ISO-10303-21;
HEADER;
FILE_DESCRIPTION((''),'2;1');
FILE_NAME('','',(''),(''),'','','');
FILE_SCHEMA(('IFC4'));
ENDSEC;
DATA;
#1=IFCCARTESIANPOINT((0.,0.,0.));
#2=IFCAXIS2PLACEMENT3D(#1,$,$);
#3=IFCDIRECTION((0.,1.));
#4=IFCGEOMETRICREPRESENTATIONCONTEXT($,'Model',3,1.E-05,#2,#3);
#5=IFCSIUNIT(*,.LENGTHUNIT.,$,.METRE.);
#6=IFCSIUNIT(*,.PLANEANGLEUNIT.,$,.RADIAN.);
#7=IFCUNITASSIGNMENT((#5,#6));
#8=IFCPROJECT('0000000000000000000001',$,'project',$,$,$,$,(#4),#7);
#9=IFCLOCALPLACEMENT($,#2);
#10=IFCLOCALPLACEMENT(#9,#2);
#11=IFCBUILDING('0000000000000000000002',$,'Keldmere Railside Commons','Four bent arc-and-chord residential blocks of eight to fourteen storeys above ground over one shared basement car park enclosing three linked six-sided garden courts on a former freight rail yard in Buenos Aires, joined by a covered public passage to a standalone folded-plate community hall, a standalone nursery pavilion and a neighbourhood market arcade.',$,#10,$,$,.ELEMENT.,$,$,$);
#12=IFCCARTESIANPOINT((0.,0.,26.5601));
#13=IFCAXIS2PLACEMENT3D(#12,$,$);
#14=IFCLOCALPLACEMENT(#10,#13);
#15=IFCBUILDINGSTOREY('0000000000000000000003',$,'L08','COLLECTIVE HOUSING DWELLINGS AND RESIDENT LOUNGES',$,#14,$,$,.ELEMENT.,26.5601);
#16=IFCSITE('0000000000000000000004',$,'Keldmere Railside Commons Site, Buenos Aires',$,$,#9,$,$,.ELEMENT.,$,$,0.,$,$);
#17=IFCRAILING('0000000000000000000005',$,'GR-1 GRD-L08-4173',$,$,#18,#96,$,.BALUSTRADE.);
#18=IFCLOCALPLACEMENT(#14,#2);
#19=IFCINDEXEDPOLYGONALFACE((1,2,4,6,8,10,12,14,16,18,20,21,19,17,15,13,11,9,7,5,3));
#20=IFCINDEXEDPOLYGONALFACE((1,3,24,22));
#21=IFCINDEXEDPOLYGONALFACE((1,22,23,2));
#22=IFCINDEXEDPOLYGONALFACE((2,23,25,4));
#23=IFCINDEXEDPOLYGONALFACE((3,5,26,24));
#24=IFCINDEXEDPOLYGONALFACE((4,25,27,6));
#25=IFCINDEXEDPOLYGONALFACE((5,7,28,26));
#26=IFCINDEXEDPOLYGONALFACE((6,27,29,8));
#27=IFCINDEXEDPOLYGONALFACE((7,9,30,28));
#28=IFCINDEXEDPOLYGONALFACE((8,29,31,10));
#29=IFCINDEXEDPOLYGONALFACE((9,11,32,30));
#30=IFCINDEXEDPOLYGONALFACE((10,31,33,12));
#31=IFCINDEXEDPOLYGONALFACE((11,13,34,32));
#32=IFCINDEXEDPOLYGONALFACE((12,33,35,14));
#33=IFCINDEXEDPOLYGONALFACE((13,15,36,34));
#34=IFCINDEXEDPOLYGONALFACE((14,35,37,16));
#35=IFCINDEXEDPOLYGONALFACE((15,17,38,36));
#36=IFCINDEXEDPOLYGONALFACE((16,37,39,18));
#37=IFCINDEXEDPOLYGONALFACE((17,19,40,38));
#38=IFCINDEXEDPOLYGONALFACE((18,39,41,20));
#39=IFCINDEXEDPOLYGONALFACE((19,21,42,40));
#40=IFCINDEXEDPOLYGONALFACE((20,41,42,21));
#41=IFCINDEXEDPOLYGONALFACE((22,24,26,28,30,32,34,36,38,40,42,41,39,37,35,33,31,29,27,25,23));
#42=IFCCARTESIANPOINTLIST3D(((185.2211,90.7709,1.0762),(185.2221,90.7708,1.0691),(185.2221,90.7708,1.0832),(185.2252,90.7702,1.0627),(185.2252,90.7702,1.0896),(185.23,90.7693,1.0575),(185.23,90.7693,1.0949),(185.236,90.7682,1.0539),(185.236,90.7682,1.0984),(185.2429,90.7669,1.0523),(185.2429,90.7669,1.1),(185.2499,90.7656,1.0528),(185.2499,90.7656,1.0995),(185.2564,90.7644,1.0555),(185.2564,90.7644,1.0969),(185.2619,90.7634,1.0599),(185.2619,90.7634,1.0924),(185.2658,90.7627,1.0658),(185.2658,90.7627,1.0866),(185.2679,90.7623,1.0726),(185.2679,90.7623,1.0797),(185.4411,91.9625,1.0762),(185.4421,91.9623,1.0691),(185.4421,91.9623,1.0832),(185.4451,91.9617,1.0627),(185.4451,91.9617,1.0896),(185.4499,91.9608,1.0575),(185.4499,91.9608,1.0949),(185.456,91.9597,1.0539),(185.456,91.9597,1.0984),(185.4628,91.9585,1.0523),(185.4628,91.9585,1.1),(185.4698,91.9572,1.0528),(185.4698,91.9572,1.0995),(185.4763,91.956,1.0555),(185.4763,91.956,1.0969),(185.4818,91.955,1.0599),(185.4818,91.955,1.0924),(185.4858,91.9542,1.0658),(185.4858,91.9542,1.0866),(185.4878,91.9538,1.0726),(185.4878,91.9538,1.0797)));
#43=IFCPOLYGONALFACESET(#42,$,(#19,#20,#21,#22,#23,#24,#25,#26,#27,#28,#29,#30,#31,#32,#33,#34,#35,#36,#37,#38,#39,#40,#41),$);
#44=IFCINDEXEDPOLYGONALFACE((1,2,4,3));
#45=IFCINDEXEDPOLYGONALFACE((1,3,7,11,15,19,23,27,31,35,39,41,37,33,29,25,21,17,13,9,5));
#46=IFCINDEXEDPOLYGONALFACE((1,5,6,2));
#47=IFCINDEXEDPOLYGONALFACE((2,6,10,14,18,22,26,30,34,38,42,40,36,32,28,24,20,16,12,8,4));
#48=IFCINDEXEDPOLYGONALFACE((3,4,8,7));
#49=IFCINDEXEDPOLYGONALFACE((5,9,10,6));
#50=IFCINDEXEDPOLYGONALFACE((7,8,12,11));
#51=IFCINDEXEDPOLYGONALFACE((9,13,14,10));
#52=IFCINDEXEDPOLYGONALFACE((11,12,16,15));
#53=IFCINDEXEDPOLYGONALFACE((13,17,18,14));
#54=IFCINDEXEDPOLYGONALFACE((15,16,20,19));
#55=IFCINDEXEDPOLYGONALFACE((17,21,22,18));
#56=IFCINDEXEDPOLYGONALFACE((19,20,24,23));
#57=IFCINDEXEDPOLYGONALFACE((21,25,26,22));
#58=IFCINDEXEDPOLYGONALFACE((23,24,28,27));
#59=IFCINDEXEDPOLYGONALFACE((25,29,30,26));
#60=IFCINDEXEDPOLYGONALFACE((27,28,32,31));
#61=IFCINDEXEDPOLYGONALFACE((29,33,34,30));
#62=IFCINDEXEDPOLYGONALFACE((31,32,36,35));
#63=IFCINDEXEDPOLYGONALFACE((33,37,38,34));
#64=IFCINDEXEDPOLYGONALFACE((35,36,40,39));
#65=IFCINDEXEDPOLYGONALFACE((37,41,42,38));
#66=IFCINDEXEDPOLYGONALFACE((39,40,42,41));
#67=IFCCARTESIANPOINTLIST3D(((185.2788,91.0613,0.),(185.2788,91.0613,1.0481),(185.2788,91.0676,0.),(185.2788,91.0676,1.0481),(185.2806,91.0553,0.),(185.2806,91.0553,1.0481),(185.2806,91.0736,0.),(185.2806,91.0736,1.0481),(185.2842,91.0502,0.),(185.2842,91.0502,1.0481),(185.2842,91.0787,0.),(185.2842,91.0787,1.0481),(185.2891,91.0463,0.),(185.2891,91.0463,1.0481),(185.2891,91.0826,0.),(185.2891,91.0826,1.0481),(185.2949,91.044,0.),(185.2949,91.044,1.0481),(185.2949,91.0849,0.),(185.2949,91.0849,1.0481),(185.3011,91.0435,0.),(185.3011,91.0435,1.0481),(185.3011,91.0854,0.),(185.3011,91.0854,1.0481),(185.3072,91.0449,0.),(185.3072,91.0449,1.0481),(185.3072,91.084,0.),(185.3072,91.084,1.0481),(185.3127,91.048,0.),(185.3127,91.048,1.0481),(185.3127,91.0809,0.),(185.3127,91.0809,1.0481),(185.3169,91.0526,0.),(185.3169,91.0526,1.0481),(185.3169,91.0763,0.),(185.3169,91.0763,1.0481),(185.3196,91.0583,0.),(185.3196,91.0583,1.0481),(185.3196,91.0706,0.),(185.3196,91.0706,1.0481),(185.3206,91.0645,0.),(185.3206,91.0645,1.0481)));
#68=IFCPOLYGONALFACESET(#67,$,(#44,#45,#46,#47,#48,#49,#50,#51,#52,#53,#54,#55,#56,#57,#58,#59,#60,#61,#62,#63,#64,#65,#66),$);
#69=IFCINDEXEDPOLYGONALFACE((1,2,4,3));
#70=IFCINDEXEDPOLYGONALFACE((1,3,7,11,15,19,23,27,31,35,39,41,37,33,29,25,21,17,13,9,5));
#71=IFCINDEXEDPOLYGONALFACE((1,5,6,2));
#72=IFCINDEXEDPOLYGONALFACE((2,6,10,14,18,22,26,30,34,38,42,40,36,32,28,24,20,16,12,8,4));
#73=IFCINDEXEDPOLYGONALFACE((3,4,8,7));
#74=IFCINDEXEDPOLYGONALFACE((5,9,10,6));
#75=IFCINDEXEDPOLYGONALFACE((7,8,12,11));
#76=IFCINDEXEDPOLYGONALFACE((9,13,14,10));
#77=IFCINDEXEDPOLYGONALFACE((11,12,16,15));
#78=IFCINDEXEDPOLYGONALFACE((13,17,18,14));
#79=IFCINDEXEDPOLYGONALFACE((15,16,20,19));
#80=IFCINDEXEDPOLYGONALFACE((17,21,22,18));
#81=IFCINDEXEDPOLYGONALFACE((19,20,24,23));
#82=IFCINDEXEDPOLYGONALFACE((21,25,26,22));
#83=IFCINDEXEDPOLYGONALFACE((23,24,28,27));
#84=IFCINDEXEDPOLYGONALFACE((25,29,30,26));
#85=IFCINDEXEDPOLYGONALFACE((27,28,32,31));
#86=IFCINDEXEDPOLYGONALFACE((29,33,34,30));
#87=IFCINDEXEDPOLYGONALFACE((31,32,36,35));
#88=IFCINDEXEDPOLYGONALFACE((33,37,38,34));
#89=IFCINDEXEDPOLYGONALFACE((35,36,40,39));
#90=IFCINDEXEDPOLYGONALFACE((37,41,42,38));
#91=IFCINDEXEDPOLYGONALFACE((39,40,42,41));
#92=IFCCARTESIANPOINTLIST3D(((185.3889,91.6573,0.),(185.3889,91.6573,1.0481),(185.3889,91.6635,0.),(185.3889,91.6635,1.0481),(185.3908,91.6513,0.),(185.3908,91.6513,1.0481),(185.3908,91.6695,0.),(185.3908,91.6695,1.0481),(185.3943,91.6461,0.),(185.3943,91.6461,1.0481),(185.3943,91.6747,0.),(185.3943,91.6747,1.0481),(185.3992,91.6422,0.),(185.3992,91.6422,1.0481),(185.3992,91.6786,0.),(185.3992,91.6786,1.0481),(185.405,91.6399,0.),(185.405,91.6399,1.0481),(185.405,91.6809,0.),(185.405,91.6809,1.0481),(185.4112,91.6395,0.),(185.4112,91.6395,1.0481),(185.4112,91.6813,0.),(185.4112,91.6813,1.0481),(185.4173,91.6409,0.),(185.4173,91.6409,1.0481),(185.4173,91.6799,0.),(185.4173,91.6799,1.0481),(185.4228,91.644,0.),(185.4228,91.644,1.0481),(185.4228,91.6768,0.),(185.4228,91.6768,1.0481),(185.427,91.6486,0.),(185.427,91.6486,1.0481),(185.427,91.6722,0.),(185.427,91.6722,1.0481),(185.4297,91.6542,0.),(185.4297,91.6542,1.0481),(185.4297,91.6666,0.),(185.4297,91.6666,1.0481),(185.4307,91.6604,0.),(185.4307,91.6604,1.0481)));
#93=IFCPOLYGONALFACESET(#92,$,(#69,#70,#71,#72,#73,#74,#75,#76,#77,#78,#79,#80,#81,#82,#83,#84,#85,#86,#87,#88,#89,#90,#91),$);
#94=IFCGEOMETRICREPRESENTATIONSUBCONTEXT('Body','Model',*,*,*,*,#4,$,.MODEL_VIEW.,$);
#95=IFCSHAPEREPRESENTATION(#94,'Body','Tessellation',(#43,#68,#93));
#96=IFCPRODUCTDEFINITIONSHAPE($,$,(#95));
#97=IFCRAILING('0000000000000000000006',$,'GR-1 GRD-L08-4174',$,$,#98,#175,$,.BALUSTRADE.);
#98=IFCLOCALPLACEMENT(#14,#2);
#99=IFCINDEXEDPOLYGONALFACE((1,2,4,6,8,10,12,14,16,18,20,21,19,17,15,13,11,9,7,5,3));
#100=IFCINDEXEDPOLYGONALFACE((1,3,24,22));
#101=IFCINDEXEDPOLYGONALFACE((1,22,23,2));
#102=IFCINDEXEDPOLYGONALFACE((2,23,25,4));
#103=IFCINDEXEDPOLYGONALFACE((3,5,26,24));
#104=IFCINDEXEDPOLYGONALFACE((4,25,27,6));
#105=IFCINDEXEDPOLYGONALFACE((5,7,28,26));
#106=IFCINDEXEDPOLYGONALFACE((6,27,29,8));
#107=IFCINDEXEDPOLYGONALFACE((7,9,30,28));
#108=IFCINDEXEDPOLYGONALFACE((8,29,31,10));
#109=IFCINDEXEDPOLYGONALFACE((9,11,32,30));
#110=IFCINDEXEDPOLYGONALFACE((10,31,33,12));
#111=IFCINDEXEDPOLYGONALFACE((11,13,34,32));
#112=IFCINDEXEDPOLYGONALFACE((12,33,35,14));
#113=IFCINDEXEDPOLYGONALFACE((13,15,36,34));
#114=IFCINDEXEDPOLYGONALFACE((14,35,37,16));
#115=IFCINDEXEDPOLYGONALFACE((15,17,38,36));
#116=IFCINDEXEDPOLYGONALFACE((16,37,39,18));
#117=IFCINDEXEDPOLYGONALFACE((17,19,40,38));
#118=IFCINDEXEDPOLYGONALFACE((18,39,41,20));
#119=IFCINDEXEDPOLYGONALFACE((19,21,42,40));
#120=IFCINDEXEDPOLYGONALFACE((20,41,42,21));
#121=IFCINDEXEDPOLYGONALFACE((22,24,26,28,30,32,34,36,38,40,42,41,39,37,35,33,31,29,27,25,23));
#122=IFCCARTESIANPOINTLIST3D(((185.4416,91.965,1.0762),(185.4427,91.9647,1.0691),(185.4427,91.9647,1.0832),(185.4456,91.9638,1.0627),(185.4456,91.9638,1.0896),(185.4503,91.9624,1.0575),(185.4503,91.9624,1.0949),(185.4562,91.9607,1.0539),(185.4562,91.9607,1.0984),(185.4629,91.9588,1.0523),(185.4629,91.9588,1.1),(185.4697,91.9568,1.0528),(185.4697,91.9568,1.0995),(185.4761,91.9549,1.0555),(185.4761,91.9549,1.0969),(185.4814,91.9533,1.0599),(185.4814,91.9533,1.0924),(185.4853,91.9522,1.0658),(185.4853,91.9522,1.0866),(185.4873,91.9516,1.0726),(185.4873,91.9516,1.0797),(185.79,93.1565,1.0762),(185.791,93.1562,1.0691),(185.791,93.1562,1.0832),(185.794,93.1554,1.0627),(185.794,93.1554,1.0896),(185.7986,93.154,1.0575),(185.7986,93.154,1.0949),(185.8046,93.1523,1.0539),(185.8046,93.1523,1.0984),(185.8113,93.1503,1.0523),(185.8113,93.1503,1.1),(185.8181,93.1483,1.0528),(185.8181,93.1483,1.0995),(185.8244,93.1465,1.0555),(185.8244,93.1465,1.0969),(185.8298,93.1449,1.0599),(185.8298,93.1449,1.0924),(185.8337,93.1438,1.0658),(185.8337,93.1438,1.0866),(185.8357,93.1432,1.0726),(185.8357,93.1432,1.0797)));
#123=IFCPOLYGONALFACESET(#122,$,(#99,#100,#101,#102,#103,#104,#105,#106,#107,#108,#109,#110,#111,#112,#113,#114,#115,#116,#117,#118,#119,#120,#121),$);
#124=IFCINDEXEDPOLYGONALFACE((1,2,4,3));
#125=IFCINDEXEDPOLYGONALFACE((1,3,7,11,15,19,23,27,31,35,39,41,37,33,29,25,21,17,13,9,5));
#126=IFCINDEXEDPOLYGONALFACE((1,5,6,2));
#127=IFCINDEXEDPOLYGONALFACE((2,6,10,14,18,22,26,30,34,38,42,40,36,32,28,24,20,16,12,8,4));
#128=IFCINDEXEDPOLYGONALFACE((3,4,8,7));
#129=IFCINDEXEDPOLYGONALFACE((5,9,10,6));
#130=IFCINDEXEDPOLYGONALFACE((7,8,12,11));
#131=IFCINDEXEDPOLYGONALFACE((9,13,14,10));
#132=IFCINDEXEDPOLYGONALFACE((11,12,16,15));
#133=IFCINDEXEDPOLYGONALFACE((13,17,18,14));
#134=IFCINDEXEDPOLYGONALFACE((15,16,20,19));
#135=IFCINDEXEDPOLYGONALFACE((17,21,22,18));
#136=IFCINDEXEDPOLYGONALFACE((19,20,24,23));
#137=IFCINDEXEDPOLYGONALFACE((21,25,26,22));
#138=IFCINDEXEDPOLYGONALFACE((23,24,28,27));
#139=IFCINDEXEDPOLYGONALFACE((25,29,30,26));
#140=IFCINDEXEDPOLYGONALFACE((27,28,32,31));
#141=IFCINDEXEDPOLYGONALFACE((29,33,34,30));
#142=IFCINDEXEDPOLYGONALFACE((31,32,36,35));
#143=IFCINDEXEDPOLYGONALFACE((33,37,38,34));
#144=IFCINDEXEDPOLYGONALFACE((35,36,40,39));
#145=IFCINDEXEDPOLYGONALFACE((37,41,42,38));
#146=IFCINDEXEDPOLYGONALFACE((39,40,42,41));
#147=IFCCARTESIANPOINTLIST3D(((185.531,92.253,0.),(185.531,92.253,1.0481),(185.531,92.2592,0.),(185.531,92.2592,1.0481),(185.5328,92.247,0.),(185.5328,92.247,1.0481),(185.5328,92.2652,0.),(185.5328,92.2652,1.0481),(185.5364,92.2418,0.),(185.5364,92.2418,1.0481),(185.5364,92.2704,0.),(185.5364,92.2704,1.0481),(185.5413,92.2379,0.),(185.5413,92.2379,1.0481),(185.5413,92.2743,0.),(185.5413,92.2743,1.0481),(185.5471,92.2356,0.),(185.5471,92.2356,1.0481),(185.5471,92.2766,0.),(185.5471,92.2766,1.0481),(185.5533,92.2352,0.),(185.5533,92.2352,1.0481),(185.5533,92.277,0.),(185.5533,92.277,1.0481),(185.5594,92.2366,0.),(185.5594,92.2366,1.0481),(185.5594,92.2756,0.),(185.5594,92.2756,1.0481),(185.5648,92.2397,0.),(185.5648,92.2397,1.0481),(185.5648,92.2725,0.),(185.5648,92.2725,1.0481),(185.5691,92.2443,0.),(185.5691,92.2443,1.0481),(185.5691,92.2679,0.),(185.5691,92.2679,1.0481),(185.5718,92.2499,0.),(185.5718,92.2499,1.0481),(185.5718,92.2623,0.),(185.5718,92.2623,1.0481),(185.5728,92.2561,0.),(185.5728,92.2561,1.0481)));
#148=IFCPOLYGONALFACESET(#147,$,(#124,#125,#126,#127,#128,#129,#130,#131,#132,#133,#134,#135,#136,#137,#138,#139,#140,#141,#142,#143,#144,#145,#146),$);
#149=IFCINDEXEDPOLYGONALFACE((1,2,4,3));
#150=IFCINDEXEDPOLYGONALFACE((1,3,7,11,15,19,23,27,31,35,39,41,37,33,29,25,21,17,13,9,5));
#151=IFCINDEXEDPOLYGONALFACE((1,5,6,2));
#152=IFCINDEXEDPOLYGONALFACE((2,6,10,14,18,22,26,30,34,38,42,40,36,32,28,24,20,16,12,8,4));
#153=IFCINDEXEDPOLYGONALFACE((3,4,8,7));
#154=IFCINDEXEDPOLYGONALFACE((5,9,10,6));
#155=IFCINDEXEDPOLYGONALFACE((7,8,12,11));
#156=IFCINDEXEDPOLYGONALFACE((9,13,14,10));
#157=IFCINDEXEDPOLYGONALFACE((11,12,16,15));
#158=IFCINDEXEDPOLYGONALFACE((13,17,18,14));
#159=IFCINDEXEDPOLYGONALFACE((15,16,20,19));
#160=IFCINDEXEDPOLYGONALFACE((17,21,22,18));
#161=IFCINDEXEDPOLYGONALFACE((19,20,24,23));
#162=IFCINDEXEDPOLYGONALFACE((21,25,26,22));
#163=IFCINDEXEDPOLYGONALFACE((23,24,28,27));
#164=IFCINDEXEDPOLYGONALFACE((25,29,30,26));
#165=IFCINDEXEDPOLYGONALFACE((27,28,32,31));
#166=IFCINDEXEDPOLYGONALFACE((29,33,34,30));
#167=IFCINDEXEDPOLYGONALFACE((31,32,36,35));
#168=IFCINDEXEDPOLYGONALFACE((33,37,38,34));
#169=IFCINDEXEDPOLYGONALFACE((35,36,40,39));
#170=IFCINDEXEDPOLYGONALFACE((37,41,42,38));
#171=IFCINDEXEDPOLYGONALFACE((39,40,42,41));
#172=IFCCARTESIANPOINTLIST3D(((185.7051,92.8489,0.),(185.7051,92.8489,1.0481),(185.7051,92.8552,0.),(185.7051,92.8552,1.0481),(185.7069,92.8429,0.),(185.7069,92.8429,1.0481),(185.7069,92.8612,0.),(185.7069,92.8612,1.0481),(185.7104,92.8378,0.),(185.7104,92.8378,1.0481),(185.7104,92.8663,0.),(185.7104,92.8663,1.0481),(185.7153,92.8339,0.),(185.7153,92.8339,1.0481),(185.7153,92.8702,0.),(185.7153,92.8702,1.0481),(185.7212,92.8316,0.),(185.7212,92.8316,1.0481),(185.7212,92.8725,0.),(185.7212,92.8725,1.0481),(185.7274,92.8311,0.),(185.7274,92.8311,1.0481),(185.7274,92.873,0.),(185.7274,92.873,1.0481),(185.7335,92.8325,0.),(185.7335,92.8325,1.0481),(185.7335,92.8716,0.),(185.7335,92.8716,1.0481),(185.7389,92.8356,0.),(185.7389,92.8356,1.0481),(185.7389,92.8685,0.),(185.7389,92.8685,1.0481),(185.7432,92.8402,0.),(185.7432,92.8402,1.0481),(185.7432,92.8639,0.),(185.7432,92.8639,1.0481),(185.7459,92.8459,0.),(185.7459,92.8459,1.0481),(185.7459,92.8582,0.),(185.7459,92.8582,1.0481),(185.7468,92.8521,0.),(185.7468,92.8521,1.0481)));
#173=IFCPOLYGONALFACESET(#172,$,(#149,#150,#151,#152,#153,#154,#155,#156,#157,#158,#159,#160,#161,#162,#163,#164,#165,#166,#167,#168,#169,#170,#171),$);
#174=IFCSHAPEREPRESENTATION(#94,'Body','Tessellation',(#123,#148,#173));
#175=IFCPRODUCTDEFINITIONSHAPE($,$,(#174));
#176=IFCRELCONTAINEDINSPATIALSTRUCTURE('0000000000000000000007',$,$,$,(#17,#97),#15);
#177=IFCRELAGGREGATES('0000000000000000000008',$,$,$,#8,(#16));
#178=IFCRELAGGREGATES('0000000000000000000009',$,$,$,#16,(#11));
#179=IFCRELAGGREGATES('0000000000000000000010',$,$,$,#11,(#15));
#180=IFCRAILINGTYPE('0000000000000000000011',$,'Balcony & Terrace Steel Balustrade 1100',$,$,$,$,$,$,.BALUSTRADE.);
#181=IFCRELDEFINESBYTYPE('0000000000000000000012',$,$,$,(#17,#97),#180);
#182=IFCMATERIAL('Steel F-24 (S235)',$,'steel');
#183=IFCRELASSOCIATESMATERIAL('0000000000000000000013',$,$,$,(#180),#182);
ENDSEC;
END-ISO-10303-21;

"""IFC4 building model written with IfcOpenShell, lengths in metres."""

from ifc_helpers import new_model, si_unit, direction, frame, origin, origin_2d, place, context, subcontext, project, spatial, circle, extrude, material, type_object, element, save


model = new_model("IFC4")

# Units and contexts
model_context = context("Model", 3, precision=1e-05, world=origin(), true_north=direction((0.0, 1.0)))
body_context = subcontext(model_context, "Body", "Model", "MODEL_VIEW")
ifc_project = project(units=[si_unit("LENGTHUNIT", "METRE"), si_unit("PLANEANGLEUNIT", "RADIAN")], contexts=[model_context])

# Site, building, storey
site_placement = place(None, origin())
site = spatial("IfcSite", under=ifc_project, at=site_placement, Name="Keldmere Railside Commons Site, Buenos Aires", CompositionType="ELEMENT", RefElevation=0.0)
building_placement = place(site_placement, origin())
building = spatial("IfcBuilding", under=site, at=building_placement, Name="Keldmere Railside Commons", Description="Four bent arc-and-chord residential blocks of eight to fourteen storeys above ground over one shared basement car park enclosing three linked six-sided garden courts on a former freight rail yard in Buenos Aires, joined by a covered public passage to a standalone folded-plate community hall, a standalone nursery pavilion and a neighbourhood market arcade.", CompositionType="ELEMENT")
storey_placement = place(building_placement, frame((0.0, 0.0, 26.5601)))
storey = spatial("IfcBuildingStorey", under=building, at=storey_placement, Name="L08", Description="COLLECTIVE HOUSING DWELLINGS AND RESIDENT LOUNGES", CompositionType="ELEMENT", Elevation=26.5601)

# Railings
ifc_material_1 = material(Name="Steel F-24 (S235)", Category="steel")
railing_type = type_object("IfcRailingType", Name="Balcony & Terrace Steel Balustrade 1100", PredefinedType="BALUSTRADE", material=ifc_material_1)
railing_1_placement = place(storey_placement, frame((185.2446, 90.7666, 0.0)))
element("IfcRailing", 1, at=railing_1_placement, inside=storey, type_object=railing_type, Name="GR-1 GRD-L08-4173", PredefinedType="BALUSTRADE", context=body_context, shape_type="SweptSolid", body=[
    extrude(circle(Radius=0.0239, at=origin_2d()), frame((0.0, 0.0, 1.0762), z_axis=(0.181526, 0.983386, 0.0), x_axis=(-0.983386, 0.181526, 0.0)), (0.0, 0.0, 1.0), 1.2117),
    extrude(circle(Radius=0.021, at=origin_2d()), frame((0.0549, 0.2979, 0.0)), (0.0, 0.0, 1.0), 1.0481),
    extrude(circle(Radius=0.021, at=origin_2d()), frame((0.165, 0.8938, 0.0)), (0.0, 0.0, 1.0), 1.0481),
])
railing_2_placement = place(storey_placement, frame((185.4646, 91.9583, 0.0)))
element("IfcRailing", 2, at=railing_2_placement, inside=storey, type_object=railing_type, Name="GR-1 GRD-L08-4174", PredefinedType="BALUSTRADE", context=body_context, shape_type="SweptSolid", body=[
    extrude(circle(Radius=0.0239, at=origin_2d()), frame((0.0, 0.0, 1.0762), z_axis=(0.280612, 0.959821, 0.0), x_axis=(-0.959821, 0.280612, 0.0)), (0.0, 0.0, 1.0), 1.2415),
    extrude(circle(Radius=0.021, at=origin_2d()), frame((0.0872, 0.2979, 0.0)), (0.0, 0.0, 1.0), 1.0481),
    extrude(circle(Radius=0.021, at=origin_2d()), frame((0.2612, 0.8938, 0.0)), (0.0, 0.0, 1.0), 1.0481),
])

save(model, "model.ifc")
